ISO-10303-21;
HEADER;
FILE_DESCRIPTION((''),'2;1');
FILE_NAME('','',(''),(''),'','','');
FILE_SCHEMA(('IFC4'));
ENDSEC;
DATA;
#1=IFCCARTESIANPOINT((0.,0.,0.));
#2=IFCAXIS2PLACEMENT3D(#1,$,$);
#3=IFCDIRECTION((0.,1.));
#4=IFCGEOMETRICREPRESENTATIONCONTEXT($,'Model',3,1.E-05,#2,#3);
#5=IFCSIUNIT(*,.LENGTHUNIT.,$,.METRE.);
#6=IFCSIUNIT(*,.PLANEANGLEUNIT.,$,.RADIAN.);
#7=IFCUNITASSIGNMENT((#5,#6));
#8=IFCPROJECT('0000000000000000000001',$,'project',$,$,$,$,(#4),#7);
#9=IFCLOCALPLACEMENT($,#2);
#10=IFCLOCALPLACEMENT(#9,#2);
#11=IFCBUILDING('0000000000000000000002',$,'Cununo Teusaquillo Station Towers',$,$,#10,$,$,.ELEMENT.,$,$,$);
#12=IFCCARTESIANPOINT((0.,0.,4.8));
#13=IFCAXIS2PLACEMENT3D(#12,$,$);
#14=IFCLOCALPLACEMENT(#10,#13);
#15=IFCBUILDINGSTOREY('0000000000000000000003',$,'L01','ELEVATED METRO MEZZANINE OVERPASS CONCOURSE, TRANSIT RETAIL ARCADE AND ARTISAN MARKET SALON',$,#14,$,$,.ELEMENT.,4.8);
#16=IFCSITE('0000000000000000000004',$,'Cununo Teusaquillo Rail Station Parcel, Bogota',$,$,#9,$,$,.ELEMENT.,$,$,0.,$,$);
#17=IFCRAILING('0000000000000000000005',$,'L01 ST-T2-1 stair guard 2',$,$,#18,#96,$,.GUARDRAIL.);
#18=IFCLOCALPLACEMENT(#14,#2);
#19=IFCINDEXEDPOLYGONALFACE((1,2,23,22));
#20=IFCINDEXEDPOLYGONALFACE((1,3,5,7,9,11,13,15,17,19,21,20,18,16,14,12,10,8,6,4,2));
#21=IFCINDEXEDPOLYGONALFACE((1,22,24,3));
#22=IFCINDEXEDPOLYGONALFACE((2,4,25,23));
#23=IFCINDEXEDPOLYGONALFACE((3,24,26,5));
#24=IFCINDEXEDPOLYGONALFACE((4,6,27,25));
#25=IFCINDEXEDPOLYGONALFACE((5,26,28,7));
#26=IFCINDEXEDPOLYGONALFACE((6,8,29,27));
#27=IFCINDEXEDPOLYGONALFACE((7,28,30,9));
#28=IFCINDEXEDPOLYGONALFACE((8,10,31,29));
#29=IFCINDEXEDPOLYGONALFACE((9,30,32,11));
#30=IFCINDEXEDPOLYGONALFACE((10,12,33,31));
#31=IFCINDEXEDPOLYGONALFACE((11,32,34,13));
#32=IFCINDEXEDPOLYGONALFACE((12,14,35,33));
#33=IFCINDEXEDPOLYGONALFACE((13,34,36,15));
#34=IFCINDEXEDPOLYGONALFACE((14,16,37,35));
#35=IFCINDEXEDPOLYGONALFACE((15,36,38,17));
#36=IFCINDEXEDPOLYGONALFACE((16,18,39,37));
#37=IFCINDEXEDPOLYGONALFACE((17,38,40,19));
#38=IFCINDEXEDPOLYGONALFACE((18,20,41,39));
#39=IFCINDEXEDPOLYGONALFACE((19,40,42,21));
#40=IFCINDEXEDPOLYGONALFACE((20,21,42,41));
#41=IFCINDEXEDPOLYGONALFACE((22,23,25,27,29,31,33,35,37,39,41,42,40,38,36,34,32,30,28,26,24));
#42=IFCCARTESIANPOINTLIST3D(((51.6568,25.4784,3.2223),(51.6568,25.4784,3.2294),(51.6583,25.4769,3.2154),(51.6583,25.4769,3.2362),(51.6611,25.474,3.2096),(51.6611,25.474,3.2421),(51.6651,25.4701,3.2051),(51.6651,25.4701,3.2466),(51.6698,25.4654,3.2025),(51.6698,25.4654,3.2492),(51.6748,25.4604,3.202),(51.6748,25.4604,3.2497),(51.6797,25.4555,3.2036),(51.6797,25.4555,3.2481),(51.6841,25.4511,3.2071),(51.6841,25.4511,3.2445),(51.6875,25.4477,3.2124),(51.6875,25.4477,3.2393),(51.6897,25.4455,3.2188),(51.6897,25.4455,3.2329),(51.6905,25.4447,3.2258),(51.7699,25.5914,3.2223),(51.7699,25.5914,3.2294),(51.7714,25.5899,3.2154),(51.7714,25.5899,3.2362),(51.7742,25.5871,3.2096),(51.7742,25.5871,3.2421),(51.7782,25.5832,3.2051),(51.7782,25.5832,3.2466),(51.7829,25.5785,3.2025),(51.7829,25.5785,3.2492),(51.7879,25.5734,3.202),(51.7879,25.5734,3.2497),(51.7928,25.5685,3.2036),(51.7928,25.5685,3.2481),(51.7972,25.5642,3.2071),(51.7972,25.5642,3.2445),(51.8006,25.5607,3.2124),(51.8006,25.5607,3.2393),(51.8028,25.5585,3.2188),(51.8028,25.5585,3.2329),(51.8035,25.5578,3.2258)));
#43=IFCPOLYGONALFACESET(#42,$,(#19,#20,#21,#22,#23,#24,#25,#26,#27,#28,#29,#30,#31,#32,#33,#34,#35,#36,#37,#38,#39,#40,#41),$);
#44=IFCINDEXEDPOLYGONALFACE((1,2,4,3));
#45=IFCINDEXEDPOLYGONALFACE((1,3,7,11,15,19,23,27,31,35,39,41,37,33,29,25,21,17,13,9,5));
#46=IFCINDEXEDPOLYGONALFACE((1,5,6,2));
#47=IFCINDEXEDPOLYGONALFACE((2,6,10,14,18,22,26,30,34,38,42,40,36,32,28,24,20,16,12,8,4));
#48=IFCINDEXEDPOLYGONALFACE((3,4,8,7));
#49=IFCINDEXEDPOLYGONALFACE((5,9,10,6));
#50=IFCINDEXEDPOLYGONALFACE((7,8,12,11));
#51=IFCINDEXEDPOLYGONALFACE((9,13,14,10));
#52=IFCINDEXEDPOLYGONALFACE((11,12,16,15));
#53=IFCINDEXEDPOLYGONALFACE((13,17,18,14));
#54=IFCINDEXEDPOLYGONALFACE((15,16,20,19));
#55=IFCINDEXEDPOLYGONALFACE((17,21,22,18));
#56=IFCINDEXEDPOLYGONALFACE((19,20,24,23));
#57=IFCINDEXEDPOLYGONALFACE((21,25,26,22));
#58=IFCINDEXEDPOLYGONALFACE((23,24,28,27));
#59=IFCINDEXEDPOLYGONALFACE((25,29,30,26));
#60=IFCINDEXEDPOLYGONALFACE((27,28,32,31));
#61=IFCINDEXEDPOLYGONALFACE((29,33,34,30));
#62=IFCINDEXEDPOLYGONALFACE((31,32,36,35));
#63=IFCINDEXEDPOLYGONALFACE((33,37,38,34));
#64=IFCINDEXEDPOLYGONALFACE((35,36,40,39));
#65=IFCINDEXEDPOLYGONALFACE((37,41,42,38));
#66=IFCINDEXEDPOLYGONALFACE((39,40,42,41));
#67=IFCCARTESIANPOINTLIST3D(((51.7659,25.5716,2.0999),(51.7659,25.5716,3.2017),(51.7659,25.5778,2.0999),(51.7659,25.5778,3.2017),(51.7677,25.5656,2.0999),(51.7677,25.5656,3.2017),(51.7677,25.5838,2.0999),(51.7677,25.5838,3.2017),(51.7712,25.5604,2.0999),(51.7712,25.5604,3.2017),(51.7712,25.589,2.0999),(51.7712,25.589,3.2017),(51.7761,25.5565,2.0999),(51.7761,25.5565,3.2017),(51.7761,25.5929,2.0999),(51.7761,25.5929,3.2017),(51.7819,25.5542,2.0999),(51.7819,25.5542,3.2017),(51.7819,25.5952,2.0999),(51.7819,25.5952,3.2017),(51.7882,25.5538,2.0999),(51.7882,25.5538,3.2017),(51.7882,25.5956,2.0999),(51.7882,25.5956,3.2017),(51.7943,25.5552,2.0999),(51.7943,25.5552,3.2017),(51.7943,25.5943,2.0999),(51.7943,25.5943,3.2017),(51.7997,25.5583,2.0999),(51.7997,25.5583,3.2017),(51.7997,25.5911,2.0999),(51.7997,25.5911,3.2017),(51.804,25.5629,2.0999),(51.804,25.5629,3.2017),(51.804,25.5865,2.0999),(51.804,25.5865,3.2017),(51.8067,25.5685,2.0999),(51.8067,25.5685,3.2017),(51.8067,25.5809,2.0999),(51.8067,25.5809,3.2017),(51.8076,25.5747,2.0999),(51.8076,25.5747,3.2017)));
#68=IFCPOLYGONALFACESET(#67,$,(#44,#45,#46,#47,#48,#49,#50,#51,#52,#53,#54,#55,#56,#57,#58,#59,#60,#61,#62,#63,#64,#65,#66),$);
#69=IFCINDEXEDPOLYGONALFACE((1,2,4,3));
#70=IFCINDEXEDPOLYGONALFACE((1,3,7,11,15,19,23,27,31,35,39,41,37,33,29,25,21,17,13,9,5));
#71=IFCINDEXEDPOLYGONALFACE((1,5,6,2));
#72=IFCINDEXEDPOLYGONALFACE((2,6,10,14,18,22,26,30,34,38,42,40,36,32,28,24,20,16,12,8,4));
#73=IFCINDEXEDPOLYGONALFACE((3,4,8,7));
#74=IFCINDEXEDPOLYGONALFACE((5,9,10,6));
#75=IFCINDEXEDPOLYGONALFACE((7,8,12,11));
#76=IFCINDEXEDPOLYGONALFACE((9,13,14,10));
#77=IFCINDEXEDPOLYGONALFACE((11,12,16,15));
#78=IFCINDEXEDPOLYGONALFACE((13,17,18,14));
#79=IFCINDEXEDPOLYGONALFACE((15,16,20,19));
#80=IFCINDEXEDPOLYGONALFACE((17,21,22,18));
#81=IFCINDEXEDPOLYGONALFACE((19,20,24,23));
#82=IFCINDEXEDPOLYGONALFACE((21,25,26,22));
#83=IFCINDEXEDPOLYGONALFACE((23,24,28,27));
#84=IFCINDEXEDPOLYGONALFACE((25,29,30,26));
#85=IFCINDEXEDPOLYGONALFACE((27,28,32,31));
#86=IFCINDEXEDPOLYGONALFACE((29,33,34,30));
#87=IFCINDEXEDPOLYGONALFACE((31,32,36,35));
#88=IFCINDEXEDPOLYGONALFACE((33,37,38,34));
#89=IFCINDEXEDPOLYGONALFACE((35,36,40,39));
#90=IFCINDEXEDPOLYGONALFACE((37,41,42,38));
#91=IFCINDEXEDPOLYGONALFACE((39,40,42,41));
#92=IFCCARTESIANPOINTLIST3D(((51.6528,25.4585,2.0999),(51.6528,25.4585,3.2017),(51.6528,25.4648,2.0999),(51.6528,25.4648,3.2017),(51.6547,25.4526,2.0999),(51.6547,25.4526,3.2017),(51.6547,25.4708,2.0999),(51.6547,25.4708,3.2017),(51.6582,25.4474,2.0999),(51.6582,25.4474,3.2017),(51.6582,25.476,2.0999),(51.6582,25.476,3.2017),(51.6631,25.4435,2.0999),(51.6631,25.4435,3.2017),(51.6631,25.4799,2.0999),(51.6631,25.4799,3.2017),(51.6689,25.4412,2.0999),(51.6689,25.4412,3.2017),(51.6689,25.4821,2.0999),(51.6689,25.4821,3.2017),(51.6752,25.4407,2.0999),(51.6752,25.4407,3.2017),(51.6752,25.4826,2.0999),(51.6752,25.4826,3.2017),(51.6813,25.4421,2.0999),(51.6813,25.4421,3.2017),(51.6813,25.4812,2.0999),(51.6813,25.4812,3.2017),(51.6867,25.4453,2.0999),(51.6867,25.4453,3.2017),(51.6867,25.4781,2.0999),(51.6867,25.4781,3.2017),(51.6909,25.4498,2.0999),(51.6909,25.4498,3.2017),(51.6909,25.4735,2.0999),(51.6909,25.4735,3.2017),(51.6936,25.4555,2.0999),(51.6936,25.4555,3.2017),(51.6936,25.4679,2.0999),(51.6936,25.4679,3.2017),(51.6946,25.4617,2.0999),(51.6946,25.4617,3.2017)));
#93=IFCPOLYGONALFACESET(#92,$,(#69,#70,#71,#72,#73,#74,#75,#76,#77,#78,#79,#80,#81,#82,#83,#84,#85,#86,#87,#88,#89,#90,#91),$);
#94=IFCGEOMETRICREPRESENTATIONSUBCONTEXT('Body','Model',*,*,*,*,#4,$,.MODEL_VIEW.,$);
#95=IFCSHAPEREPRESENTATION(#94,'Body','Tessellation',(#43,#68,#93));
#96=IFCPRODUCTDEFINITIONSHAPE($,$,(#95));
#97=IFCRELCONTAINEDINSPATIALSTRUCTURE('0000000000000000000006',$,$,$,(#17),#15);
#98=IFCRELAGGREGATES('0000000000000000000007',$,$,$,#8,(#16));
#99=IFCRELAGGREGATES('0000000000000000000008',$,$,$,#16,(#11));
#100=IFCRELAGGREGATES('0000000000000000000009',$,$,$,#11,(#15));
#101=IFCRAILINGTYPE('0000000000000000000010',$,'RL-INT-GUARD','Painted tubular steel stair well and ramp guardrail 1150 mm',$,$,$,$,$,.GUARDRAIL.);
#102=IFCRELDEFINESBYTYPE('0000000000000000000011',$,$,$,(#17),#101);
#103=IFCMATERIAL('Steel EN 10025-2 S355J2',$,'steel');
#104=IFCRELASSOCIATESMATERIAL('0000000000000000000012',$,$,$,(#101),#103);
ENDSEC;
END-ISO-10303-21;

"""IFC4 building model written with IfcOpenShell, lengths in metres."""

from ifc_helpers import new_model, si_unit, direction, frame, origin, origin_2d, place, context, subcontext, project, spatial, circle, extrude, material, type_object, element, save


model = new_model("IFC4")

# Units and contexts
model_context = context("Model", 3, precision=1e-05, world=origin(), true_north=direction((0.0, 1.0)))
body_context = subcontext(model_context, "Body", "Model", "MODEL_VIEW")
ifc_project = project(units=[si_unit("LENGTHUNIT", "METRE"), si_unit("PLANEANGLEUNIT", "RADIAN")], contexts=[model_context])

# Site, building, storey
site_placement = place(None, origin())
site = spatial("IfcSite", under=ifc_project, at=site_placement, Name="Cununo Teusaquillo Rail Station Parcel, Bogota", CompositionType="ELEMENT", RefElevation=0.0)
building_placement = place(site_placement, origin())
building = spatial("IfcBuilding", under=site, at=building_placement, Name="Cununo Teusaquillo Station Towers", CompositionType="ELEMENT")
storey_placement = place(building_placement, frame((0.0, 0.0, 4.8)))
storey = spatial("IfcBuildingStorey", under=building, at=storey_placement, Name="L01", Description="ELEVATED METRO MEZZANINE OVERPASS CONCOURSE, TRANSIT RETAIL ARCADE AND ARTISAN MARKET SALON", CompositionType="ELEMENT", Elevation=4.8)

# Railing
ifc_material_1 = material(Name="Steel EN 10025-2 S355J2", Category="steel")
railing_type_1 = type_object("IfcRailingType", Name="RL-INT-GUARD", Description="Painted tubular steel stair well and ramp guardrail 1150 mm", PredefinedType="GUARDRAIL", material=ifc_material_1)
railing_1_placement = place(storey_placement, frame((51.7866, 25.5747, 2.0999)))
element("IfcRailing", 1, at=railing_1_placement, inside=storey, type_object=railing_type_1, Name="L01 ST-T2-1 stair guard 2", PredefinedType="GUARDRAIL", context=body_context, shape_type="SweptSolid", body=[
    extrude(circle(Radius=0.0239, at=origin_2d()), frame((0.0, 0.0, 1.126), z_axis=(-0.707107, -0.707107, 0.0), x_axis=(0.707107, -0.707107, 0.0)), (0.0, 0.0, 1.0), 0.1599),
    extrude(circle(Radius=0.021, at=origin_2d()), origin(), (0.0, 0.0, 1.0), 1.1018),
    extrude(circle(Radius=0.021, at=origin_2d()), frame((-0.113, -0.113, 0.0)), (0.0, 0.0, 1.0), 1.1018),
])

save(model, "model.ifc")
